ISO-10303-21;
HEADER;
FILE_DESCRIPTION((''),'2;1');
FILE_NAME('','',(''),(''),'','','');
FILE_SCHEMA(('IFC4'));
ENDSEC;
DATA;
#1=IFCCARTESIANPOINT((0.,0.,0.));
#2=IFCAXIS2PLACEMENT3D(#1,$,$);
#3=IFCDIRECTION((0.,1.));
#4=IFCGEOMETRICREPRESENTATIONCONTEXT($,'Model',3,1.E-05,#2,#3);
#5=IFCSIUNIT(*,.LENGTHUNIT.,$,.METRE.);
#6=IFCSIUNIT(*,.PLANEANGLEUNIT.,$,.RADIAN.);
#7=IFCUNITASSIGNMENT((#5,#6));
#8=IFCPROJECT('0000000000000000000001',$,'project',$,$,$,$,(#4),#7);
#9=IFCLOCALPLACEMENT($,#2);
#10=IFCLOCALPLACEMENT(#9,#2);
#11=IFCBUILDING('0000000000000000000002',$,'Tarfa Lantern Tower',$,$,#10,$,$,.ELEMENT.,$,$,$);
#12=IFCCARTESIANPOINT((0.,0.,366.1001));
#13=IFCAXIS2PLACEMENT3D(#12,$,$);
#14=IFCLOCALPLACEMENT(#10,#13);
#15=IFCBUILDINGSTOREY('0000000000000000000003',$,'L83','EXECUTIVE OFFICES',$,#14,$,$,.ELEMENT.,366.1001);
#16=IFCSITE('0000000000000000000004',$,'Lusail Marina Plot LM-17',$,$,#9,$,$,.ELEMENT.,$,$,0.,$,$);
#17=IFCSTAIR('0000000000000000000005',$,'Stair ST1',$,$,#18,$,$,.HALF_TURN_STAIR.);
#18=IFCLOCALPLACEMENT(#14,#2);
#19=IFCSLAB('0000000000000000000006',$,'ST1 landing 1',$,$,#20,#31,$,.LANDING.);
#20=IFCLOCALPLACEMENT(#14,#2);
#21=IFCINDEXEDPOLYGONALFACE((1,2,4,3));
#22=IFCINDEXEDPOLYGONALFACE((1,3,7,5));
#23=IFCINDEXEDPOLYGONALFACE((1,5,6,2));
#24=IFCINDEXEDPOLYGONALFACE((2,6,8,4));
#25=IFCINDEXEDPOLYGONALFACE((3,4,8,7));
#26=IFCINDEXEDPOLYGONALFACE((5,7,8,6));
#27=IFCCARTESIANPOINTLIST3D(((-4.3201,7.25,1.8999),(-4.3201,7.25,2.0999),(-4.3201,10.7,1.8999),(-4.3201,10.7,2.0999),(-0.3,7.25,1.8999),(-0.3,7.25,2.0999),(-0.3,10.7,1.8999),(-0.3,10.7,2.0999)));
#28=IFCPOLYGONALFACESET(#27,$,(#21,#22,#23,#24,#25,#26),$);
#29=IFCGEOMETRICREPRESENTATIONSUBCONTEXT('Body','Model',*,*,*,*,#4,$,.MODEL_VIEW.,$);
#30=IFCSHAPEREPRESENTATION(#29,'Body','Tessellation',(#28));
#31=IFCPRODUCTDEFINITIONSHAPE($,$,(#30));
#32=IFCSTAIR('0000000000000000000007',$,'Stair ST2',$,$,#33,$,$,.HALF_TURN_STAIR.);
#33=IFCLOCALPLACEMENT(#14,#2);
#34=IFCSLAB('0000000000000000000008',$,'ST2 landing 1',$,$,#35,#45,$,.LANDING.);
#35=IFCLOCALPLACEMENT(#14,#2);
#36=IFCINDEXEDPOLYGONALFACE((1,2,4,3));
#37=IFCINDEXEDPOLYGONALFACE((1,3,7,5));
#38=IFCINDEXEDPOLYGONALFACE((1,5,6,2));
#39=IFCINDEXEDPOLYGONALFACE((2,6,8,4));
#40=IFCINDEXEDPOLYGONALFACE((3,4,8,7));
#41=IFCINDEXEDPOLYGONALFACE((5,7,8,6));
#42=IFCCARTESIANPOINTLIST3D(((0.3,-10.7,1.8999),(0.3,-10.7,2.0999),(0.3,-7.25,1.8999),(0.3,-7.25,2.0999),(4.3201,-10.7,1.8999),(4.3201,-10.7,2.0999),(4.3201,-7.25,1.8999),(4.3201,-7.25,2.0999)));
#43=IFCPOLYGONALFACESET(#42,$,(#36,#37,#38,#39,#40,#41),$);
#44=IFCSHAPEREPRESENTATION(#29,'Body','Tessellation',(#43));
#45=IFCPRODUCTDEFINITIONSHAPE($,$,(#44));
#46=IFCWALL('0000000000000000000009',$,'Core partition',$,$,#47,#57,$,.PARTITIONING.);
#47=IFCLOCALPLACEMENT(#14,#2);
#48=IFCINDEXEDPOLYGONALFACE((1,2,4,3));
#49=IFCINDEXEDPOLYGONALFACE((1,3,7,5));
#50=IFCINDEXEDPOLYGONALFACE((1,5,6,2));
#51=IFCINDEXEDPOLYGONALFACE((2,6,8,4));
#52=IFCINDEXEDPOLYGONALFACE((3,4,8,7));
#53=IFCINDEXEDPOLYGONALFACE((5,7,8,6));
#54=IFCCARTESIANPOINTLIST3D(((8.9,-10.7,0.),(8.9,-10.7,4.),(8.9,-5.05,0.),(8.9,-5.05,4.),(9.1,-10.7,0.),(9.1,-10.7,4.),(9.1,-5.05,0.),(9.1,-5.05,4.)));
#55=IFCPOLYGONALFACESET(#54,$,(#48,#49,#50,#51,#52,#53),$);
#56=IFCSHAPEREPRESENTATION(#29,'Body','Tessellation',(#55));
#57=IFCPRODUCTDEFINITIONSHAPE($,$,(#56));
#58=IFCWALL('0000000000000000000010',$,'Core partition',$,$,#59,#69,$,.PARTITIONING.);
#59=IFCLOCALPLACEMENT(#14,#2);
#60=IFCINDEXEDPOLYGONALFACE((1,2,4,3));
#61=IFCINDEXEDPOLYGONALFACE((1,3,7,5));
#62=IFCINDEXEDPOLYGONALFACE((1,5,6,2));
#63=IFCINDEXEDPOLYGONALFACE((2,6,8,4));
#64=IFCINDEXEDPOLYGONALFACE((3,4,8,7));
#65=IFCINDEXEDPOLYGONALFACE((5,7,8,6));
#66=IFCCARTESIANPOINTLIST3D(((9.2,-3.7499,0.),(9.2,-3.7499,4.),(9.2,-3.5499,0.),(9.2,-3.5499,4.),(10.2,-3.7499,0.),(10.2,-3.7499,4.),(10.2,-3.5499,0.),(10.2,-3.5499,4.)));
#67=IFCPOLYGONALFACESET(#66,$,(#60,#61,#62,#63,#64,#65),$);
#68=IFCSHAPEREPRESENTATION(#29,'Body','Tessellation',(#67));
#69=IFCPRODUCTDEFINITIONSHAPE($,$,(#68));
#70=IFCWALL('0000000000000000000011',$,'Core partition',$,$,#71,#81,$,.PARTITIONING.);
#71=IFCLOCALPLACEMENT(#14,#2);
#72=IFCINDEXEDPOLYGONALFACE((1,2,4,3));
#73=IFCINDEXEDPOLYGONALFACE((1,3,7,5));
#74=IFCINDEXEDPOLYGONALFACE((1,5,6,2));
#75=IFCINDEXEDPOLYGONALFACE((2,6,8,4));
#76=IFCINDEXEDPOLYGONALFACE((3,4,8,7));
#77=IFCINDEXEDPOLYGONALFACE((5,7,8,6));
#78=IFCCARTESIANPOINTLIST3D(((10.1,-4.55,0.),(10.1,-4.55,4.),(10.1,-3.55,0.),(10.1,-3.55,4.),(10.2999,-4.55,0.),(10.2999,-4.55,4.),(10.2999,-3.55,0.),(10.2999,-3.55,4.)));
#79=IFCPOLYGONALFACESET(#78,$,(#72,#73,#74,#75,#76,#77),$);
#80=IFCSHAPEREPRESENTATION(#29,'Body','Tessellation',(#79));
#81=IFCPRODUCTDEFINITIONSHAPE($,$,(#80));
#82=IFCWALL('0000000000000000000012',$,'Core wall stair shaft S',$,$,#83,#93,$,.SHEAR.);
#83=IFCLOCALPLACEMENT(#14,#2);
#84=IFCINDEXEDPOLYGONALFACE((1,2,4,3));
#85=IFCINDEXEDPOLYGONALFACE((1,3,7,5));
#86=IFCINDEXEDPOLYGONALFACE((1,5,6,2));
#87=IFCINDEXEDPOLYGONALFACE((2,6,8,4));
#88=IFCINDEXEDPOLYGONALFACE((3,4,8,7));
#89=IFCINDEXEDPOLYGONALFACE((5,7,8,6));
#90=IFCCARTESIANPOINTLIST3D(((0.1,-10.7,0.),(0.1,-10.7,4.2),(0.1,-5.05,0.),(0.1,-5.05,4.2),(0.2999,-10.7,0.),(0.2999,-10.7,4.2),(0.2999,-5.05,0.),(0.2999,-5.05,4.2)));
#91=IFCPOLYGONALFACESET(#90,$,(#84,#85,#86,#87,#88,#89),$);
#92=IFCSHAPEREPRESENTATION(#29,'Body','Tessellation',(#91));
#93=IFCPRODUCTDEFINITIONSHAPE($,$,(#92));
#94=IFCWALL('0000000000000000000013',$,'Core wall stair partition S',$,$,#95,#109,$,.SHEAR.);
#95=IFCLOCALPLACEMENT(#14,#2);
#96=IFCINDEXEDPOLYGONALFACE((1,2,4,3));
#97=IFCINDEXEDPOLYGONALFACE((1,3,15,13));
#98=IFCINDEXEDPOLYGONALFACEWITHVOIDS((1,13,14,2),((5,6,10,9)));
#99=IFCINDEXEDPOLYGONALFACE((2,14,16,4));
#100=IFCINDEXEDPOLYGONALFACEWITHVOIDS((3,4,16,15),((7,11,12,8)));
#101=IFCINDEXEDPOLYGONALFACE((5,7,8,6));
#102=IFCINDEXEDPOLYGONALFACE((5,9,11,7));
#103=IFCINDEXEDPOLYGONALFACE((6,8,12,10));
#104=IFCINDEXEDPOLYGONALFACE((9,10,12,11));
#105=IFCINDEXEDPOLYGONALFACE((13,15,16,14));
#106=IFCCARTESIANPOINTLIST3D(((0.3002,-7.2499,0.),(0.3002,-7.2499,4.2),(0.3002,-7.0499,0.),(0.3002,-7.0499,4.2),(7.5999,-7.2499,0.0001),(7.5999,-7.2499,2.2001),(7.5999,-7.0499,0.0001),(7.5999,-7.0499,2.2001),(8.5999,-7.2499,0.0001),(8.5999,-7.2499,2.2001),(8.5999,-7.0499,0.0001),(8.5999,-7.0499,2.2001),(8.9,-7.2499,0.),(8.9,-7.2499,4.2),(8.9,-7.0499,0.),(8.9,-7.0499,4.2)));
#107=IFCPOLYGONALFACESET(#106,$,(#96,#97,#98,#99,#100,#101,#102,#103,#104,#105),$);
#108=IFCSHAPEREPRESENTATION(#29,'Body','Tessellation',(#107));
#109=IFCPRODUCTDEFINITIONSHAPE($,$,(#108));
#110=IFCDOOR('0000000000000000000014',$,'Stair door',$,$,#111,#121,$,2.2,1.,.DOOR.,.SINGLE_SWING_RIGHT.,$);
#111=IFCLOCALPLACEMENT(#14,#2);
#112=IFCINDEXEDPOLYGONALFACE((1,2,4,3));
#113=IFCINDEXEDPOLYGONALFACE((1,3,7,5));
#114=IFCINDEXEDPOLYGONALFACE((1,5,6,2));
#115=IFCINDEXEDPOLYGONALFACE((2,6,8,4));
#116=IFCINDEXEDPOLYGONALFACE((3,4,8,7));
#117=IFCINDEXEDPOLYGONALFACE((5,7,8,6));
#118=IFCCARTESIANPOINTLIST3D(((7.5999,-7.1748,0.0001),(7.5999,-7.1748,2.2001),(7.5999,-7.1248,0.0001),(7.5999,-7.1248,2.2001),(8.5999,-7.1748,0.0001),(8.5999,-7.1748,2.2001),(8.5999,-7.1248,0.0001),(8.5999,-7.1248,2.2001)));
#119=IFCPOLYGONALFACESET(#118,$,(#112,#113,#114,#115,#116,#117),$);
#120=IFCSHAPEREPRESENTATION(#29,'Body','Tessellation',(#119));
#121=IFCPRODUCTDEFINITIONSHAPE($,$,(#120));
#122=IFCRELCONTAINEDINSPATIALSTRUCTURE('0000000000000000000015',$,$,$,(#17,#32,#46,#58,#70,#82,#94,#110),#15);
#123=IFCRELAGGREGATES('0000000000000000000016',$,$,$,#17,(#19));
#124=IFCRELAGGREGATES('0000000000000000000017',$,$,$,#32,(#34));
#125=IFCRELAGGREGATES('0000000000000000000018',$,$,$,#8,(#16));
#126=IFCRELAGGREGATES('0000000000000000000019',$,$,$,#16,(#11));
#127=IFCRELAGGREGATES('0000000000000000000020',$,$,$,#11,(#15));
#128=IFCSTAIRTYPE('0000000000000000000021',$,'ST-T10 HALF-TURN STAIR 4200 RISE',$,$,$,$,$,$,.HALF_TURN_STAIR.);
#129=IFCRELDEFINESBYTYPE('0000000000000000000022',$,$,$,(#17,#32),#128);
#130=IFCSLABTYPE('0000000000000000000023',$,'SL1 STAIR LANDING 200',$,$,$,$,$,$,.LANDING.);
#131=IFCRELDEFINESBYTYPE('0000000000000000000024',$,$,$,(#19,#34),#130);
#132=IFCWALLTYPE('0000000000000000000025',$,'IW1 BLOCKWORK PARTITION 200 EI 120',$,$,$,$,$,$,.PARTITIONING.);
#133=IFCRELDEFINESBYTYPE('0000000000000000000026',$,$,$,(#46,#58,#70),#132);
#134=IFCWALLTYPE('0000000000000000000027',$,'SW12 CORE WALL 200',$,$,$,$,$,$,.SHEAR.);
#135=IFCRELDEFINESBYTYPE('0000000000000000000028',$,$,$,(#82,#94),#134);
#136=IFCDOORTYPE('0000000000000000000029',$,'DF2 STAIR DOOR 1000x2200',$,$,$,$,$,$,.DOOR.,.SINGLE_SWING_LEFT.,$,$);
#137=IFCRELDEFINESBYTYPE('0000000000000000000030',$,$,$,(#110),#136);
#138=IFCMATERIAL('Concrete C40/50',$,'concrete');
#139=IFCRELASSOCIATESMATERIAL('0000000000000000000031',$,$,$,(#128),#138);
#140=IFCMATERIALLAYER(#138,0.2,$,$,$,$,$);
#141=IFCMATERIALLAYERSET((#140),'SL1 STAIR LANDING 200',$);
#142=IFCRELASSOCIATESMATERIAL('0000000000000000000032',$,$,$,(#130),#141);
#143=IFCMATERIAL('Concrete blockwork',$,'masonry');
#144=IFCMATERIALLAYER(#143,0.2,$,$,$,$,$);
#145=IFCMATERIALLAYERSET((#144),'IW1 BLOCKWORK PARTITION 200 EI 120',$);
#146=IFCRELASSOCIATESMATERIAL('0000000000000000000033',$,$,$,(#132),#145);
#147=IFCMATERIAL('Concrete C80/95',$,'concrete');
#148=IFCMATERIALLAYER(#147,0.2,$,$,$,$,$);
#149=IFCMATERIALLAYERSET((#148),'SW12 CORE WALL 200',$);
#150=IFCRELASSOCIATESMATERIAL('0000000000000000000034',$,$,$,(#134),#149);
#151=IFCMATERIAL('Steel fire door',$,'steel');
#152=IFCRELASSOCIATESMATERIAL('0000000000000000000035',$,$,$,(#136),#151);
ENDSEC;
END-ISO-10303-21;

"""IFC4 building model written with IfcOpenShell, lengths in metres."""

from ifc_helpers import new_model, si_unit, direction, frame, frame_2d, origin, place, context, subcontext, project, spatial, polyline, rectangle, outline, extrude, material, layer, layer_set, type_object, element, fill, aggregate, save


model = new_model("IFC4")

# Units and contexts
model_context = context("Model", 3, precision=1e-05, world=origin(), true_north=direction((0.0, 1.0)))
body_context = subcontext(model_context, "Body", "Model", "MODEL_VIEW")
ifc_project = project(units=[si_unit("LENGTHUNIT", "METRE"), si_unit("PLANEANGLEUNIT", "RADIAN")], contexts=[model_context])

# Site, building, storey
site_placement = place(None, origin())
site = spatial("IfcSite", under=ifc_project, at=site_placement, Name="Lusail Marina Plot LM-17", CompositionType="ELEMENT", RefElevation=0.0)
building_placement = place(site_placement, origin())
building = spatial("IfcBuilding", under=site, at=building_placement, Name="Tarfa Lantern Tower", CompositionType="ELEMENT")
storey_placement = place(building_placement, frame((0.0, 0.0, 366.1001)))
storey = spatial("IfcBuildingStorey", under=building, at=storey_placement, Name="L83", Description="EXECUTIVE OFFICES", CompositionType="ELEMENT", Elevation=366.1001)

# Stairs, slabs
ifc_material_1 = material(Name="Concrete C40/50", Category="concrete")
stair_type = type_object("IfcStairType", Name="ST-T10 HALF-TURN STAIR 4200 RISE", PredefinedType="HALF_TURN_STAIR", material=ifc_material_1)
stair_1_placement = place(storey_placement, origin())
stair_1 = element("IfcStair", 1, at=stair_1_placement, inside=storey, type_object=stair_type, Name="Stair ST1", PredefinedType="HALF_TURN_STAIR")
ifc_layer_1 = layer(ifc_material_1, 0.2)
ifc_layer_set_1 = layer_set([ifc_layer_1], Name="SL1 STAIR LANDING 200")
slab_type = type_object("IfcSlabType", Name="SL1 STAIR LANDING 200", PredefinedType="LANDING", material=ifc_layer_set_1)
slab_1_placement = place(storey_placement, frame((0.0, 0.0, 1.8999)))
slab_1 = element("IfcSlab", 2, at=slab_1_placement, type_object=slab_type, Name="ST1 landing 1", PredefinedType="LANDING", context=body_context, shape_type="SweptSolid", body=[
    extrude(outline(polyline([(-4.3201, 7.25), (-0.3, 7.25), (-0.3, 10.7), (-4.3201, 10.7), (-4.3201, 7.25)])), origin(), (0.0, 0.0, 1.0), 0.2),
])
aggregate(stair_1, [slab_1])
stair_2_placement = place(storey_placement, origin())
stair_2 = element("IfcStair", 3, at=stair_2_placement, inside=storey, type_object=stair_type, Name="Stair ST2", PredefinedType="HALF_TURN_STAIR")
slab_2_placement = place(storey_placement, frame((0.0, 0.0, 1.8999)))
slab_2 = element("IfcSlab", 4, at=slab_2_placement, type_object=slab_type, Name="ST2 landing 1", PredefinedType="LANDING", context=body_context, shape_type="SweptSolid", body=[
    extrude(outline(polyline([(4.3201, -7.25), (0.3, -7.25), (0.3, -10.7), (4.3201, -10.7), (4.3201, -7.25)])), origin(), (0.0, 0.0, 1.0), 0.2),
])

# Walls
ifc_material_2 = material(Name="Concrete blockwork", Category="masonry")
ifc_layer_2 = layer(ifc_material_2, 0.2)
ifc_layer_set_2 = layer_set([ifc_layer_2], Name="IW1 BLOCKWORK PARTITION 200 EI 120")
wall_type_1 = type_object("IfcWallType", Name="IW1 BLOCKWORK PARTITION 200 EI 120", PredefinedType="PARTITIONING", material=ifc_layer_set_2)
wall_1_placement = place(storey_placement, frame((9.0, -5.05, 0.0), z_axis=(0.0, 0.0, 1.0), x_axis=(0.0, -1.0, 0.0)))
element("IfcWall", 5, at=wall_1_placement, inside=storey, type_object=wall_type_1, Name="Core partition", PredefinedType="PARTITIONING", context=body_context, shape_type="SweptSolid", body=[
    extrude(rectangle(XDim=5.6499, YDim=0.2, at=frame_2d((2.825, 0.0))), origin(), (0.0, 0.0, 1.0), 4.0),
])
for number, where, z_axis, x_axis, name in (
    (6, (10.2, -3.6499, 0.0), (0.0, 0.0, 1.0), (-1.0, 0.0, 0.0), "Core partition"),
    (7, (10.2, -3.55, 0.0), (0.0, 0.0, 1.0), (0.0, -1.0, 0.0), "Core partition"),
):
    element("IfcWall", number, at=place(storey_placement, frame(where, z_axis=z_axis, x_axis=x_axis)), inside=storey, type_object=wall_type_1, Name=name, PredefinedType="PARTITIONING", context=body_context, shape_type="SweptSolid", body=[
        extrude(rectangle(XDim=1.0, YDim=0.2, at=frame_2d((0.5, 0.0))), origin(), (0.0, 0.0, 1.0), 4.0),
    ])
ifc_material_3 = material(Name="Concrete C80/95", Category="concrete")
ifc_layer_3 = layer(ifc_material_3, 0.2)
ifc_layer_set_3 = layer_set([ifc_layer_3], Name="SW12 CORE WALL 200")
wall_type_2 = type_object("IfcWallType", Name="SW12 CORE WALL 200", PredefinedType="SHEAR", material=ifc_layer_set_3)
wall_2_placement = place(storey_placement, frame((0.2, -5.05, 0.0), z_axis=(0.0, 0.0, 1.0), x_axis=(0.0, -1.0, 0.0)))
element("IfcWall", 8, at=wall_2_placement, inside=storey, type_object=wall_type_2, Name="Core wall stair shaft S", PredefinedType="SHEAR", context=body_context, shape_type="SweptSolid", body=[
    extrude(rectangle(XDim=5.6499, YDim=0.2, at=frame_2d((2.825, 0.0))), origin(), (0.0, 0.0, 1.0), 4.2),
])

# Wall, opening, door
wall_3_placement = place(storey_placement, frame((8.8999, -7.1499, 0.0), z_axis=(0.0, 0.0, 1.0), x_axis=(-1.0, 0.0, 0.0)))
wall_3 = element("IfcWall", 9, at=wall_3_placement, inside=storey, type_object=wall_type_2, Name="Core wall stair partition S", PredefinedType="SHEAR", context=body_context, shape_type="SweptSolid", body=[
    extrude(rectangle(XDim=8.5999, YDim=0.2, at=frame_2d((4.2998, 0.0))), origin(), (0.0, 0.0, 1.0), 4.2),
])
opening_1_placement = place(wall_3_placement, frame((0.3, 0.0, 0.0)))
opening_1 = element("IfcOpeningElement", 10, at=opening_1_placement, cuts=wall_3, PredefinedType="OPENING", context=body_context, shape_type="SweptSolid", body=[
    extrude(rectangle(XDim=1.0, YDim=2.2, at=frame_2d((0.5, 1.1001))), frame((0.0, 0.1099, 0.0), z_axis=(0.0, -1.0, 0.0), x_axis=(1.0, 0.0, 0.0)), (0.0, 0.0, 1.0), 0.22),
])
ifc_material_4 = material(Name="Steel fire door", Category="steel")
door_type_1 = type_object("IfcDoorType", Name="DF2 STAIR DOOR 1000x2200", OperationType="SINGLE_SWING_LEFT", PredefinedType="DOOR", material=ifc_material_4)
door_1_placement = place(opening_1_placement, origin())
door_1 = element("IfcDoor", 11, at=door_1_placement, inside=storey, type_object=door_type_1, Name="Stair door", OperationType="SINGLE_SWING_RIGHT", OverallHeight=2.2, OverallWidth=1.0, PredefinedType="DOOR", context=body_context, shape_type="SweptSolid", body=[
    extrude(rectangle(XDim=1.0, YDim=2.2, at=frame_2d((0.5, 1.1001))), frame((0.0, 0.0249, 0.0), z_axis=(0.0, -1.0, 0.0), x_axis=(1.0, 0.0, 0.0)), (0.0, 0.0, 1.0), 0.05),
])
fill(opening_1, door_1)

aggregate(stair_2, [slab_2])

save(model, "model.ifc")
